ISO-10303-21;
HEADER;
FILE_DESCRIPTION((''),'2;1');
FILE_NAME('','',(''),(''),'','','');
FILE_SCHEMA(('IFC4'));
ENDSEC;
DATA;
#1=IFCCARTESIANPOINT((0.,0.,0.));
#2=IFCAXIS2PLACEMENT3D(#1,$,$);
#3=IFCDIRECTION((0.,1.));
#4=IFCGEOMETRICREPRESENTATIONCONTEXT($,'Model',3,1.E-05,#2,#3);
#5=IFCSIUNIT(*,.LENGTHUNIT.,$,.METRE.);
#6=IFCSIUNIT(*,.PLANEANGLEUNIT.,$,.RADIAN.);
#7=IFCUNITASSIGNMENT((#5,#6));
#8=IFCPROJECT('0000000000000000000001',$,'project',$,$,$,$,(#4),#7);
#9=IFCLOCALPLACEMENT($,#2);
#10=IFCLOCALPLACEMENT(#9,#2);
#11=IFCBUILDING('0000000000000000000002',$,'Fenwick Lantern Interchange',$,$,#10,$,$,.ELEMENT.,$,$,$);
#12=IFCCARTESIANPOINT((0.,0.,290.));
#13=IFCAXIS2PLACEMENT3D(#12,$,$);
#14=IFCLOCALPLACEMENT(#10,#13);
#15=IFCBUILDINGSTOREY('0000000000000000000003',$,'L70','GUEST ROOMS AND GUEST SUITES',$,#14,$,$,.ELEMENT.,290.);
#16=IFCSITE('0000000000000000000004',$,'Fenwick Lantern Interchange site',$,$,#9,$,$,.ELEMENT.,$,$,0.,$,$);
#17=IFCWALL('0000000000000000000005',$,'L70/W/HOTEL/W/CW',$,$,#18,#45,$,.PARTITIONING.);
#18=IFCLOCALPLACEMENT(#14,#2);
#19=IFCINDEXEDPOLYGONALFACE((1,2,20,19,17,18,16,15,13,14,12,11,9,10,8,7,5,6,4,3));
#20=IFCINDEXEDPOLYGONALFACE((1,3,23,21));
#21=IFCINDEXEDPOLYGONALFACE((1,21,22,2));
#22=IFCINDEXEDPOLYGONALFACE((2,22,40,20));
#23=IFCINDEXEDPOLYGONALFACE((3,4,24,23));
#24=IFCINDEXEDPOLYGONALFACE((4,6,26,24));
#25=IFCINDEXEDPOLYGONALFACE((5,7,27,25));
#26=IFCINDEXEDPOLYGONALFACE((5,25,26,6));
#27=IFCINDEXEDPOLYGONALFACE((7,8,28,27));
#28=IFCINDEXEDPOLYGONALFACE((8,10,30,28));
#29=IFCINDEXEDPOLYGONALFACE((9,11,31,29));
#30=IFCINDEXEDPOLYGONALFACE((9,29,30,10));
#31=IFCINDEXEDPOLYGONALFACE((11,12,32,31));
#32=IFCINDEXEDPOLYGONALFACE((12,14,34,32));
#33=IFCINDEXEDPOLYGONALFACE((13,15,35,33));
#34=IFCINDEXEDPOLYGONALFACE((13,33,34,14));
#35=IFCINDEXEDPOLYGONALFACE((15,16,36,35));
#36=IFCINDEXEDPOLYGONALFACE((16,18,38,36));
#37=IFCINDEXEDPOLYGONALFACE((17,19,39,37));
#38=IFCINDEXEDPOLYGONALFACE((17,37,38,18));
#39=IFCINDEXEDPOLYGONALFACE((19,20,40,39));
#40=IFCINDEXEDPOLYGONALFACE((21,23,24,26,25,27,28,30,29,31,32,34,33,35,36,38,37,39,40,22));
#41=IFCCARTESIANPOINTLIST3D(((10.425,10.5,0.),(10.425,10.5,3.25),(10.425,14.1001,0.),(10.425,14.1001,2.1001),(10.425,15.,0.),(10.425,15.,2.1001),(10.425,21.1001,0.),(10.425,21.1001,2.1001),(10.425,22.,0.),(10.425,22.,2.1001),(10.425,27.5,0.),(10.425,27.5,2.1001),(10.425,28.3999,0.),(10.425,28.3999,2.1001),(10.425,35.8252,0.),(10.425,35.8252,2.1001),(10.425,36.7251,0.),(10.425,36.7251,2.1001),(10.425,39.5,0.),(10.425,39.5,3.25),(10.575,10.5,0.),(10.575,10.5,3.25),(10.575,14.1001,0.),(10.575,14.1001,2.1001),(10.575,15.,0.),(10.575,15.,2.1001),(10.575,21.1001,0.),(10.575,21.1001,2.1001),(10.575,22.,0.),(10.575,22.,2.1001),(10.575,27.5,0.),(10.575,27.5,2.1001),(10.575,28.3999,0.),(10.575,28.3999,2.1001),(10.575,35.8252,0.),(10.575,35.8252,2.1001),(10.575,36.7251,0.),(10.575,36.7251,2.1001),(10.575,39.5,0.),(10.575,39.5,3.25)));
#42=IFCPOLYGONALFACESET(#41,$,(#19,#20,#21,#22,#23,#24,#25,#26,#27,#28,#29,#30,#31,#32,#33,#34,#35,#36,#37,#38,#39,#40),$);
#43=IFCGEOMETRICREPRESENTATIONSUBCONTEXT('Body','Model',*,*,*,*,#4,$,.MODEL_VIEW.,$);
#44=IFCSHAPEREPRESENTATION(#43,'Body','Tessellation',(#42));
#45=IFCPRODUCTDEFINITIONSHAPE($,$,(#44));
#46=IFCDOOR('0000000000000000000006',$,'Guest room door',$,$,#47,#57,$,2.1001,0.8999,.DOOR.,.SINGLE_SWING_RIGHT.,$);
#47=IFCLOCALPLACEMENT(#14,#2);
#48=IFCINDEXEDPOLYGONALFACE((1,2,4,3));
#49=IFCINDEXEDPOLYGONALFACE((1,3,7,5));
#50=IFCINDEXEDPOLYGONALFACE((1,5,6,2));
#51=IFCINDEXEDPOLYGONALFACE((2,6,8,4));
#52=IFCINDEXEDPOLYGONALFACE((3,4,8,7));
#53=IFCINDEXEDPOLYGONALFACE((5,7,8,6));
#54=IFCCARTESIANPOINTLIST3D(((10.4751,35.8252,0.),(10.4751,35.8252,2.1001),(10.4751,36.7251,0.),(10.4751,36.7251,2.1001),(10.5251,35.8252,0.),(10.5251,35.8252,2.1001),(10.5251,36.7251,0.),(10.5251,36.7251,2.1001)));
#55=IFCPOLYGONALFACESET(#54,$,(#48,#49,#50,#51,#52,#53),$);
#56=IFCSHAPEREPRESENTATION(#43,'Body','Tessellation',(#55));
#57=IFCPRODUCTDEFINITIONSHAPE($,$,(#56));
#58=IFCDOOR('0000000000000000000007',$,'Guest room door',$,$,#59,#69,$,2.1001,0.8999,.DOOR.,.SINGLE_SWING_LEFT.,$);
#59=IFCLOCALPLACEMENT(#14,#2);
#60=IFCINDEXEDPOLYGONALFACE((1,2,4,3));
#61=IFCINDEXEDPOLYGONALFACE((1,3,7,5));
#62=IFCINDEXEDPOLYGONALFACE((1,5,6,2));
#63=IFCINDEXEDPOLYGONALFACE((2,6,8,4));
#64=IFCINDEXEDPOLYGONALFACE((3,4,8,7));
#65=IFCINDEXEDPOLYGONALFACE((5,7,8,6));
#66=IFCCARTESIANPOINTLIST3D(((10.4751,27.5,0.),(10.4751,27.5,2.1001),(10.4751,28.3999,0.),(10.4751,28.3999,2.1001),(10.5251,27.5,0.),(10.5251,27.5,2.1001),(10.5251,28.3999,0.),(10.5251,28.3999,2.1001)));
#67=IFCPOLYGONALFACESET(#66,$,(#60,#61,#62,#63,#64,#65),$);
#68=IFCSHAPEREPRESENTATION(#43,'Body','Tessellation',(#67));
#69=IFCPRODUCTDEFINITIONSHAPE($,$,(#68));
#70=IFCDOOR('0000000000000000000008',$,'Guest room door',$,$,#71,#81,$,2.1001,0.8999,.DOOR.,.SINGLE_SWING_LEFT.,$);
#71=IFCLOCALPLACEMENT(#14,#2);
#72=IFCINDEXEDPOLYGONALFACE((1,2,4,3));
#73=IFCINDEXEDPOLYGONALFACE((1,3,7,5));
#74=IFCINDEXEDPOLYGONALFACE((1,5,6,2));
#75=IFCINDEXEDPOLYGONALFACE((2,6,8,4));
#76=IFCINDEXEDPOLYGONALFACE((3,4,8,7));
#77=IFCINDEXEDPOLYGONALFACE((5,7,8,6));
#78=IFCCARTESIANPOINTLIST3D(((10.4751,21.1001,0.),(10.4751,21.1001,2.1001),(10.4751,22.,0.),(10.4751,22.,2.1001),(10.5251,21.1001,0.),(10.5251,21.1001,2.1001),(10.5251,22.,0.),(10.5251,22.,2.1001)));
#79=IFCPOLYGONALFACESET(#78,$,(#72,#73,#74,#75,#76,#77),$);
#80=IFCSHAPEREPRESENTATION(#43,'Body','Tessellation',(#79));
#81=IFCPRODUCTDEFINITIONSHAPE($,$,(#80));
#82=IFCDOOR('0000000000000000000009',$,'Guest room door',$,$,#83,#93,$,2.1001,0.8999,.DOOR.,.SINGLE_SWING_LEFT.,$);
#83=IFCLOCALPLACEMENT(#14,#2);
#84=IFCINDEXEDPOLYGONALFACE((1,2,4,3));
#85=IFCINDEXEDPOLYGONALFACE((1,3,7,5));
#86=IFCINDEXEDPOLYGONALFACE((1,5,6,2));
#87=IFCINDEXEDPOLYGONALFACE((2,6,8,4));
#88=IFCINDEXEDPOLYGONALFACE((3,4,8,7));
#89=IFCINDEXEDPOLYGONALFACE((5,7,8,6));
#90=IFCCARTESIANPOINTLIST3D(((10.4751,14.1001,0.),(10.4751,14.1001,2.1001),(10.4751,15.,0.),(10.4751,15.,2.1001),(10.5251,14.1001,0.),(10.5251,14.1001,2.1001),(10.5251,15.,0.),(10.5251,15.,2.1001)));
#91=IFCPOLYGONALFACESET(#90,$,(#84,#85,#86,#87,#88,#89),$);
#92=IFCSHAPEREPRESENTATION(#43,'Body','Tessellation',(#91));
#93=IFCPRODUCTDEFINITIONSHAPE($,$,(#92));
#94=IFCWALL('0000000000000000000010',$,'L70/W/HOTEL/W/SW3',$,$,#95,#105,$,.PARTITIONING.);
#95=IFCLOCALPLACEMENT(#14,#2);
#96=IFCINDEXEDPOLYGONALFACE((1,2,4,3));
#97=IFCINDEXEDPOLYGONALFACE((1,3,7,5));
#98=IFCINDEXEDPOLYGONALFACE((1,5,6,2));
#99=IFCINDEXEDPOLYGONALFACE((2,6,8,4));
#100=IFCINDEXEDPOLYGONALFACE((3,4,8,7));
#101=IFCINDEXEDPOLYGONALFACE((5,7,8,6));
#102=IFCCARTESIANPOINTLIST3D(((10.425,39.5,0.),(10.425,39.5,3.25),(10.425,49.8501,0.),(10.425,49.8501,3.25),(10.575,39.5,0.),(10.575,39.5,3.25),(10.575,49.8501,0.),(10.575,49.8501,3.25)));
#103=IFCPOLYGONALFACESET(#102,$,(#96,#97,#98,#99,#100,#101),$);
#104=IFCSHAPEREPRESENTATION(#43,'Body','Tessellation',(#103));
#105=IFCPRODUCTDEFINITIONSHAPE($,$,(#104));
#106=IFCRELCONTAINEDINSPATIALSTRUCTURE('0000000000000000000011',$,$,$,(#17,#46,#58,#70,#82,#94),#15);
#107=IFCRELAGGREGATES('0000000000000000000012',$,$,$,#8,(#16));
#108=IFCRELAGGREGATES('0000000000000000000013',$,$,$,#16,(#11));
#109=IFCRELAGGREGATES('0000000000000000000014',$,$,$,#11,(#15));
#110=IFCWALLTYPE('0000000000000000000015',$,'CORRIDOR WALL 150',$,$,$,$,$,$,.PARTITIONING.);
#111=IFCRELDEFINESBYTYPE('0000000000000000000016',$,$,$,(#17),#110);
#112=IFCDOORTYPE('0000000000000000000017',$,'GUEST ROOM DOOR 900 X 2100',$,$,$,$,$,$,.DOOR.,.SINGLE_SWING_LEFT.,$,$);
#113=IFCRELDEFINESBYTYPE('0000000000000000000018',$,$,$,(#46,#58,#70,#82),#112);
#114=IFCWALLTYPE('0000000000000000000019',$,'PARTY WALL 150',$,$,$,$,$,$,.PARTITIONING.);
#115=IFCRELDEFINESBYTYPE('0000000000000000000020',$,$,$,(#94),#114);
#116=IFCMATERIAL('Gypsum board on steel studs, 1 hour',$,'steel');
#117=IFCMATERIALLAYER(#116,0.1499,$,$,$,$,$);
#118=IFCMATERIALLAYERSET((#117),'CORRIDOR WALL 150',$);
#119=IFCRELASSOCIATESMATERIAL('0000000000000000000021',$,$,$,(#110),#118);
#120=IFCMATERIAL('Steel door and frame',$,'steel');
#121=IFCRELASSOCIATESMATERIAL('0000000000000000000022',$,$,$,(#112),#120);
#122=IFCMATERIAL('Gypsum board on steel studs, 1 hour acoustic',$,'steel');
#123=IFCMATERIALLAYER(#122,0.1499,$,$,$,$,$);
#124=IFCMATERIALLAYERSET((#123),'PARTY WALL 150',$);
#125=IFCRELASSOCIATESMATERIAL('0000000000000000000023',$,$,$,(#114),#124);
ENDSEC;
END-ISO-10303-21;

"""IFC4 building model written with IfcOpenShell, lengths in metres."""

from ifc_helpers import new_model, si_unit, direction, frame, frame_2d, origin, place, context, subcontext, project, spatial, rectangle, extrude, material, layer, layer_set, type_object, element, fill, save


model = new_model("IFC4")

# Units and contexts
model_context = context("Model", 3, precision=1e-05, world=origin(), true_north=direction((0.0, 1.0)))
body_context = subcontext(model_context, "Body", "Model", "MODEL_VIEW")
ifc_project = project(units=[si_unit("LENGTHUNIT", "METRE"), si_unit("PLANEANGLEUNIT", "RADIAN")], contexts=[model_context])

# Site, building, storey
site_placement = place(None, origin())
site = spatial("IfcSite", under=ifc_project, at=site_placement, Name="Fenwick Lantern Interchange site", CompositionType="ELEMENT", RefElevation=0.0)
building_placement = place(site_placement, origin())
building = spatial("IfcBuilding", under=site, at=building_placement, Name="Fenwick Lantern Interchange", CompositionType="ELEMENT")
storey_placement = place(building_placement, frame((0.0, 0.0, 290.0)))
storey = spatial("IfcBuildingStorey", under=building, at=storey_placement, Name="L70", Description="GUEST ROOMS AND GUEST SUITES", CompositionType="ELEMENT", Elevation=290.0)

# Wall, openings, doors
ifc_material_1 = material(Name="Gypsum board on steel studs, 1 hour", Category="steel")
ifc_layer_1 = layer(ifc_material_1, 0.1499)
ifc_layer_set_1 = layer_set([ifc_layer_1], Name="CORRIDOR WALL 150")
wall_type_1 = type_object("IfcWallType", Name="CORRIDOR WALL 150", PredefinedType="PARTITIONING", material=ifc_layer_set_1)
wall_1_placement = place(storey_placement, frame((10.5, 39.5, 0.0), z_axis=(0.0, 0.0, 1.0), x_axis=(0.0, -1.0, 0.0)))
wall_1 = element("IfcWall", 1, at=wall_1_placement, inside=storey, type_object=wall_type_1, Name="L70/W/HOTEL/W/CW", PredefinedType="PARTITIONING", context=body_context, shape_type="SweptSolid", body=[
    extrude(rectangle(XDim=29.0, YDim=0.1499, at=frame_2d((14.5, 0.0))), origin(), (0.0, 0.0, 1.0), 3.25),
])
opening_1_placement = place(wall_1_placement, frame((2.7749, 0.0, 0.0)))
opening_1 = element("IfcOpeningElement", 2, at=opening_1_placement, cuts=wall_1, PredefinedType="OPENING", context=body_context, shape_type="SweptSolid", body=[
    extrude(rectangle(XDim=0.8999, YDim=2.1001, at=frame_2d((0.45, 1.05))), frame((0.0, 0.085, 0.0), z_axis=(0.0, -1.0, 0.0), x_axis=(1.0, 0.0, 0.0)), (0.0, 0.0, 1.0), 0.1699),
])
opening_2_placement = place(wall_1_placement, frame((11.1001, 0.0, 0.0)))
opening_2 = element("IfcOpeningElement", 3, at=opening_2_placement, cuts=wall_1, PredefinedType="OPENING", context=body_context, shape_type="SweptSolid", body=[
    extrude(rectangle(XDim=0.8999, YDim=2.1001, at=frame_2d((0.45, 1.05))), frame((0.0, 0.085, 0.0), z_axis=(0.0, -1.0, 0.0), x_axis=(1.0, 0.0, 0.0)), (0.0, 0.0, 1.0), 0.1699),
])
opening_3_placement = place(wall_1_placement, frame((17.5, 0.0, 0.0)))
opening_3 = element("IfcOpeningElement", 4, at=opening_3_placement, cuts=wall_1, PredefinedType="OPENING", context=body_context, shape_type="SweptSolid", body=[
    extrude(rectangle(XDim=0.8999, YDim=2.1001, at=frame_2d((0.45, 1.05))), frame((0.0, 0.085, 0.0), z_axis=(0.0, -1.0, 0.0), x_axis=(1.0, 0.0, 0.0)), (0.0, 0.0, 1.0), 0.1699),
])
opening_4_placement = place(wall_1_placement, frame((24.5, 0.0, 0.0)))
opening_4 = element("IfcOpeningElement", 5, at=opening_4_placement, cuts=wall_1, PredefinedType="OPENING", context=body_context, shape_type="SweptSolid", body=[
    extrude(rectangle(XDim=0.8999, YDim=2.1001, at=frame_2d((0.45, 1.05))), frame((0.0, 0.085, 0.0), z_axis=(0.0, -1.0, 0.0), x_axis=(1.0, 0.0, 0.0)), (0.0, 0.0, 1.0), 0.1699),
])
ifc_material_2 = material(Name="Steel door and frame", Category="steel")
door_type = type_object("IfcDoorType", Name="GUEST ROOM DOOR 900 X 2100", OperationType="SINGLE_SWING_LEFT", PredefinedType="DOOR", material=ifc_material_2)
door_1_placement = place(opening_1_placement, frame((0.8999, 0.0, 0.0), z_axis=(0.0, 0.0, 1.0), x_axis=(-1.0, 0.0, 0.0)))
door_1 = element("IfcDoor", 6, at=door_1_placement, inside=storey, type_object=door_type, Name="Guest room door", OperationType="SINGLE_SWING_RIGHT", OverallHeight=2.1001, OverallWidth=0.8999, PredefinedType="DOOR", context=body_context, shape_type="SweptSolid", body=[
    extrude(rectangle(XDim=0.8999, YDim=2.1001, at=frame_2d((0.45, 1.05))), frame((0.0, 0.0249, 0.0), z_axis=(0.0, -1.0, 0.0), x_axis=(1.0, 0.0, 0.0)), (0.0, 0.0, 1.0), 0.05),
])
fill(opening_1, door_1)
door_2_placement = place(opening_2_placement, frame((0.8999, 0.0, 0.0), z_axis=(0.0, 0.0, 1.0), x_axis=(-1.0, 0.0, 0.0)))
door_2 = element("IfcDoor", 7, at=door_2_placement, inside=storey, type_object=door_type, Name="Guest room door", OperationType="SINGLE_SWING_LEFT", OverallHeight=2.1001, OverallWidth=0.8999, PredefinedType="DOOR", context=body_context, shape_type="SweptSolid", body=[
    extrude(rectangle(XDim=0.8999, YDim=2.1001, at=frame_2d((0.45, 1.05))), frame((0.0, 0.0249, 0.0), z_axis=(0.0, -1.0, 0.0), x_axis=(1.0, 0.0, 0.0)), (0.0, 0.0, 1.0), 0.05),
])
fill(opening_2, door_2)
door_3_placement = place(opening_3_placement, frame((0.8999, 0.0, 0.0), z_axis=(0.0, 0.0, 1.0), x_axis=(-1.0, 0.0, 0.0)))
door_3 = element("IfcDoor", 8, at=door_3_placement, inside=storey, type_object=door_type, Name="Guest room door", OperationType="SINGLE_SWING_LEFT", OverallHeight=2.1001, OverallWidth=0.8999, PredefinedType="DOOR", context=body_context, shape_type="SweptSolid", body=[
    extrude(rectangle(XDim=0.8999, YDim=2.1001, at=frame_2d((0.45, 1.05))), frame((0.0, 0.0249, 0.0), z_axis=(0.0, -1.0, 0.0), x_axis=(1.0, 0.0, 0.0)), (0.0, 0.0, 1.0), 0.05),
])
fill(opening_3, door_3)
door_4_placement = place(opening_4_placement, frame((0.8999, 0.0, 0.0), z_axis=(0.0, 0.0, 1.0), x_axis=(-1.0, 0.0, 0.0)))
door_4 = element("IfcDoor", 9, at=door_4_placement, inside=storey, type_object=door_type, Name="Guest room door", OperationType="SINGLE_SWING_LEFT", OverallHeight=2.1001, OverallWidth=0.8999, PredefinedType="DOOR", context=body_context, shape_type="SweptSolid", body=[
    extrude(rectangle(XDim=0.8999, YDim=2.1001, at=frame_2d((0.45, 1.05))), frame((0.0, 0.0249, 0.0), z_axis=(0.0, -1.0, 0.0), x_axis=(1.0, 0.0, 0.0)), (0.0, 0.0, 1.0), 0.05),
])
fill(opening_4, door_4)

# Wall
ifc_material_3 = material(Name="Gypsum board on steel studs, 1 hour acoustic", Category="steel")
ifc_layer_2 = layer(ifc_material_3, 0.1499)
ifc_layer_set_2 = layer_set([ifc_layer_2], Name="PARTY WALL 150")
wall_type_2 = type_object("IfcWallType", Name="PARTY WALL 150", PredefinedType="PARTITIONING", material=ifc_layer_set_2)
wall_2_placement = place(storey_placement, frame((10.5, 49.8501, 0.0), z_axis=(0.0, 0.0, 1.0), x_axis=(0.0, -1.0, 0.0)))
element("IfcWall", 10, at=wall_2_placement, inside=storey, type_object=wall_type_2, Name="L70/W/HOTEL/W/SW3", PredefinedType="PARTITIONING", context=body_context, shape_type="SweptSolid", body=[
    extrude(rectangle(XDim=10.3501, YDim=0.1499, at=frame_2d((5.175, 0.0))), origin(), (0.0, 0.0, 1.0), 3.25),
])

save(model, "model.ifc")
